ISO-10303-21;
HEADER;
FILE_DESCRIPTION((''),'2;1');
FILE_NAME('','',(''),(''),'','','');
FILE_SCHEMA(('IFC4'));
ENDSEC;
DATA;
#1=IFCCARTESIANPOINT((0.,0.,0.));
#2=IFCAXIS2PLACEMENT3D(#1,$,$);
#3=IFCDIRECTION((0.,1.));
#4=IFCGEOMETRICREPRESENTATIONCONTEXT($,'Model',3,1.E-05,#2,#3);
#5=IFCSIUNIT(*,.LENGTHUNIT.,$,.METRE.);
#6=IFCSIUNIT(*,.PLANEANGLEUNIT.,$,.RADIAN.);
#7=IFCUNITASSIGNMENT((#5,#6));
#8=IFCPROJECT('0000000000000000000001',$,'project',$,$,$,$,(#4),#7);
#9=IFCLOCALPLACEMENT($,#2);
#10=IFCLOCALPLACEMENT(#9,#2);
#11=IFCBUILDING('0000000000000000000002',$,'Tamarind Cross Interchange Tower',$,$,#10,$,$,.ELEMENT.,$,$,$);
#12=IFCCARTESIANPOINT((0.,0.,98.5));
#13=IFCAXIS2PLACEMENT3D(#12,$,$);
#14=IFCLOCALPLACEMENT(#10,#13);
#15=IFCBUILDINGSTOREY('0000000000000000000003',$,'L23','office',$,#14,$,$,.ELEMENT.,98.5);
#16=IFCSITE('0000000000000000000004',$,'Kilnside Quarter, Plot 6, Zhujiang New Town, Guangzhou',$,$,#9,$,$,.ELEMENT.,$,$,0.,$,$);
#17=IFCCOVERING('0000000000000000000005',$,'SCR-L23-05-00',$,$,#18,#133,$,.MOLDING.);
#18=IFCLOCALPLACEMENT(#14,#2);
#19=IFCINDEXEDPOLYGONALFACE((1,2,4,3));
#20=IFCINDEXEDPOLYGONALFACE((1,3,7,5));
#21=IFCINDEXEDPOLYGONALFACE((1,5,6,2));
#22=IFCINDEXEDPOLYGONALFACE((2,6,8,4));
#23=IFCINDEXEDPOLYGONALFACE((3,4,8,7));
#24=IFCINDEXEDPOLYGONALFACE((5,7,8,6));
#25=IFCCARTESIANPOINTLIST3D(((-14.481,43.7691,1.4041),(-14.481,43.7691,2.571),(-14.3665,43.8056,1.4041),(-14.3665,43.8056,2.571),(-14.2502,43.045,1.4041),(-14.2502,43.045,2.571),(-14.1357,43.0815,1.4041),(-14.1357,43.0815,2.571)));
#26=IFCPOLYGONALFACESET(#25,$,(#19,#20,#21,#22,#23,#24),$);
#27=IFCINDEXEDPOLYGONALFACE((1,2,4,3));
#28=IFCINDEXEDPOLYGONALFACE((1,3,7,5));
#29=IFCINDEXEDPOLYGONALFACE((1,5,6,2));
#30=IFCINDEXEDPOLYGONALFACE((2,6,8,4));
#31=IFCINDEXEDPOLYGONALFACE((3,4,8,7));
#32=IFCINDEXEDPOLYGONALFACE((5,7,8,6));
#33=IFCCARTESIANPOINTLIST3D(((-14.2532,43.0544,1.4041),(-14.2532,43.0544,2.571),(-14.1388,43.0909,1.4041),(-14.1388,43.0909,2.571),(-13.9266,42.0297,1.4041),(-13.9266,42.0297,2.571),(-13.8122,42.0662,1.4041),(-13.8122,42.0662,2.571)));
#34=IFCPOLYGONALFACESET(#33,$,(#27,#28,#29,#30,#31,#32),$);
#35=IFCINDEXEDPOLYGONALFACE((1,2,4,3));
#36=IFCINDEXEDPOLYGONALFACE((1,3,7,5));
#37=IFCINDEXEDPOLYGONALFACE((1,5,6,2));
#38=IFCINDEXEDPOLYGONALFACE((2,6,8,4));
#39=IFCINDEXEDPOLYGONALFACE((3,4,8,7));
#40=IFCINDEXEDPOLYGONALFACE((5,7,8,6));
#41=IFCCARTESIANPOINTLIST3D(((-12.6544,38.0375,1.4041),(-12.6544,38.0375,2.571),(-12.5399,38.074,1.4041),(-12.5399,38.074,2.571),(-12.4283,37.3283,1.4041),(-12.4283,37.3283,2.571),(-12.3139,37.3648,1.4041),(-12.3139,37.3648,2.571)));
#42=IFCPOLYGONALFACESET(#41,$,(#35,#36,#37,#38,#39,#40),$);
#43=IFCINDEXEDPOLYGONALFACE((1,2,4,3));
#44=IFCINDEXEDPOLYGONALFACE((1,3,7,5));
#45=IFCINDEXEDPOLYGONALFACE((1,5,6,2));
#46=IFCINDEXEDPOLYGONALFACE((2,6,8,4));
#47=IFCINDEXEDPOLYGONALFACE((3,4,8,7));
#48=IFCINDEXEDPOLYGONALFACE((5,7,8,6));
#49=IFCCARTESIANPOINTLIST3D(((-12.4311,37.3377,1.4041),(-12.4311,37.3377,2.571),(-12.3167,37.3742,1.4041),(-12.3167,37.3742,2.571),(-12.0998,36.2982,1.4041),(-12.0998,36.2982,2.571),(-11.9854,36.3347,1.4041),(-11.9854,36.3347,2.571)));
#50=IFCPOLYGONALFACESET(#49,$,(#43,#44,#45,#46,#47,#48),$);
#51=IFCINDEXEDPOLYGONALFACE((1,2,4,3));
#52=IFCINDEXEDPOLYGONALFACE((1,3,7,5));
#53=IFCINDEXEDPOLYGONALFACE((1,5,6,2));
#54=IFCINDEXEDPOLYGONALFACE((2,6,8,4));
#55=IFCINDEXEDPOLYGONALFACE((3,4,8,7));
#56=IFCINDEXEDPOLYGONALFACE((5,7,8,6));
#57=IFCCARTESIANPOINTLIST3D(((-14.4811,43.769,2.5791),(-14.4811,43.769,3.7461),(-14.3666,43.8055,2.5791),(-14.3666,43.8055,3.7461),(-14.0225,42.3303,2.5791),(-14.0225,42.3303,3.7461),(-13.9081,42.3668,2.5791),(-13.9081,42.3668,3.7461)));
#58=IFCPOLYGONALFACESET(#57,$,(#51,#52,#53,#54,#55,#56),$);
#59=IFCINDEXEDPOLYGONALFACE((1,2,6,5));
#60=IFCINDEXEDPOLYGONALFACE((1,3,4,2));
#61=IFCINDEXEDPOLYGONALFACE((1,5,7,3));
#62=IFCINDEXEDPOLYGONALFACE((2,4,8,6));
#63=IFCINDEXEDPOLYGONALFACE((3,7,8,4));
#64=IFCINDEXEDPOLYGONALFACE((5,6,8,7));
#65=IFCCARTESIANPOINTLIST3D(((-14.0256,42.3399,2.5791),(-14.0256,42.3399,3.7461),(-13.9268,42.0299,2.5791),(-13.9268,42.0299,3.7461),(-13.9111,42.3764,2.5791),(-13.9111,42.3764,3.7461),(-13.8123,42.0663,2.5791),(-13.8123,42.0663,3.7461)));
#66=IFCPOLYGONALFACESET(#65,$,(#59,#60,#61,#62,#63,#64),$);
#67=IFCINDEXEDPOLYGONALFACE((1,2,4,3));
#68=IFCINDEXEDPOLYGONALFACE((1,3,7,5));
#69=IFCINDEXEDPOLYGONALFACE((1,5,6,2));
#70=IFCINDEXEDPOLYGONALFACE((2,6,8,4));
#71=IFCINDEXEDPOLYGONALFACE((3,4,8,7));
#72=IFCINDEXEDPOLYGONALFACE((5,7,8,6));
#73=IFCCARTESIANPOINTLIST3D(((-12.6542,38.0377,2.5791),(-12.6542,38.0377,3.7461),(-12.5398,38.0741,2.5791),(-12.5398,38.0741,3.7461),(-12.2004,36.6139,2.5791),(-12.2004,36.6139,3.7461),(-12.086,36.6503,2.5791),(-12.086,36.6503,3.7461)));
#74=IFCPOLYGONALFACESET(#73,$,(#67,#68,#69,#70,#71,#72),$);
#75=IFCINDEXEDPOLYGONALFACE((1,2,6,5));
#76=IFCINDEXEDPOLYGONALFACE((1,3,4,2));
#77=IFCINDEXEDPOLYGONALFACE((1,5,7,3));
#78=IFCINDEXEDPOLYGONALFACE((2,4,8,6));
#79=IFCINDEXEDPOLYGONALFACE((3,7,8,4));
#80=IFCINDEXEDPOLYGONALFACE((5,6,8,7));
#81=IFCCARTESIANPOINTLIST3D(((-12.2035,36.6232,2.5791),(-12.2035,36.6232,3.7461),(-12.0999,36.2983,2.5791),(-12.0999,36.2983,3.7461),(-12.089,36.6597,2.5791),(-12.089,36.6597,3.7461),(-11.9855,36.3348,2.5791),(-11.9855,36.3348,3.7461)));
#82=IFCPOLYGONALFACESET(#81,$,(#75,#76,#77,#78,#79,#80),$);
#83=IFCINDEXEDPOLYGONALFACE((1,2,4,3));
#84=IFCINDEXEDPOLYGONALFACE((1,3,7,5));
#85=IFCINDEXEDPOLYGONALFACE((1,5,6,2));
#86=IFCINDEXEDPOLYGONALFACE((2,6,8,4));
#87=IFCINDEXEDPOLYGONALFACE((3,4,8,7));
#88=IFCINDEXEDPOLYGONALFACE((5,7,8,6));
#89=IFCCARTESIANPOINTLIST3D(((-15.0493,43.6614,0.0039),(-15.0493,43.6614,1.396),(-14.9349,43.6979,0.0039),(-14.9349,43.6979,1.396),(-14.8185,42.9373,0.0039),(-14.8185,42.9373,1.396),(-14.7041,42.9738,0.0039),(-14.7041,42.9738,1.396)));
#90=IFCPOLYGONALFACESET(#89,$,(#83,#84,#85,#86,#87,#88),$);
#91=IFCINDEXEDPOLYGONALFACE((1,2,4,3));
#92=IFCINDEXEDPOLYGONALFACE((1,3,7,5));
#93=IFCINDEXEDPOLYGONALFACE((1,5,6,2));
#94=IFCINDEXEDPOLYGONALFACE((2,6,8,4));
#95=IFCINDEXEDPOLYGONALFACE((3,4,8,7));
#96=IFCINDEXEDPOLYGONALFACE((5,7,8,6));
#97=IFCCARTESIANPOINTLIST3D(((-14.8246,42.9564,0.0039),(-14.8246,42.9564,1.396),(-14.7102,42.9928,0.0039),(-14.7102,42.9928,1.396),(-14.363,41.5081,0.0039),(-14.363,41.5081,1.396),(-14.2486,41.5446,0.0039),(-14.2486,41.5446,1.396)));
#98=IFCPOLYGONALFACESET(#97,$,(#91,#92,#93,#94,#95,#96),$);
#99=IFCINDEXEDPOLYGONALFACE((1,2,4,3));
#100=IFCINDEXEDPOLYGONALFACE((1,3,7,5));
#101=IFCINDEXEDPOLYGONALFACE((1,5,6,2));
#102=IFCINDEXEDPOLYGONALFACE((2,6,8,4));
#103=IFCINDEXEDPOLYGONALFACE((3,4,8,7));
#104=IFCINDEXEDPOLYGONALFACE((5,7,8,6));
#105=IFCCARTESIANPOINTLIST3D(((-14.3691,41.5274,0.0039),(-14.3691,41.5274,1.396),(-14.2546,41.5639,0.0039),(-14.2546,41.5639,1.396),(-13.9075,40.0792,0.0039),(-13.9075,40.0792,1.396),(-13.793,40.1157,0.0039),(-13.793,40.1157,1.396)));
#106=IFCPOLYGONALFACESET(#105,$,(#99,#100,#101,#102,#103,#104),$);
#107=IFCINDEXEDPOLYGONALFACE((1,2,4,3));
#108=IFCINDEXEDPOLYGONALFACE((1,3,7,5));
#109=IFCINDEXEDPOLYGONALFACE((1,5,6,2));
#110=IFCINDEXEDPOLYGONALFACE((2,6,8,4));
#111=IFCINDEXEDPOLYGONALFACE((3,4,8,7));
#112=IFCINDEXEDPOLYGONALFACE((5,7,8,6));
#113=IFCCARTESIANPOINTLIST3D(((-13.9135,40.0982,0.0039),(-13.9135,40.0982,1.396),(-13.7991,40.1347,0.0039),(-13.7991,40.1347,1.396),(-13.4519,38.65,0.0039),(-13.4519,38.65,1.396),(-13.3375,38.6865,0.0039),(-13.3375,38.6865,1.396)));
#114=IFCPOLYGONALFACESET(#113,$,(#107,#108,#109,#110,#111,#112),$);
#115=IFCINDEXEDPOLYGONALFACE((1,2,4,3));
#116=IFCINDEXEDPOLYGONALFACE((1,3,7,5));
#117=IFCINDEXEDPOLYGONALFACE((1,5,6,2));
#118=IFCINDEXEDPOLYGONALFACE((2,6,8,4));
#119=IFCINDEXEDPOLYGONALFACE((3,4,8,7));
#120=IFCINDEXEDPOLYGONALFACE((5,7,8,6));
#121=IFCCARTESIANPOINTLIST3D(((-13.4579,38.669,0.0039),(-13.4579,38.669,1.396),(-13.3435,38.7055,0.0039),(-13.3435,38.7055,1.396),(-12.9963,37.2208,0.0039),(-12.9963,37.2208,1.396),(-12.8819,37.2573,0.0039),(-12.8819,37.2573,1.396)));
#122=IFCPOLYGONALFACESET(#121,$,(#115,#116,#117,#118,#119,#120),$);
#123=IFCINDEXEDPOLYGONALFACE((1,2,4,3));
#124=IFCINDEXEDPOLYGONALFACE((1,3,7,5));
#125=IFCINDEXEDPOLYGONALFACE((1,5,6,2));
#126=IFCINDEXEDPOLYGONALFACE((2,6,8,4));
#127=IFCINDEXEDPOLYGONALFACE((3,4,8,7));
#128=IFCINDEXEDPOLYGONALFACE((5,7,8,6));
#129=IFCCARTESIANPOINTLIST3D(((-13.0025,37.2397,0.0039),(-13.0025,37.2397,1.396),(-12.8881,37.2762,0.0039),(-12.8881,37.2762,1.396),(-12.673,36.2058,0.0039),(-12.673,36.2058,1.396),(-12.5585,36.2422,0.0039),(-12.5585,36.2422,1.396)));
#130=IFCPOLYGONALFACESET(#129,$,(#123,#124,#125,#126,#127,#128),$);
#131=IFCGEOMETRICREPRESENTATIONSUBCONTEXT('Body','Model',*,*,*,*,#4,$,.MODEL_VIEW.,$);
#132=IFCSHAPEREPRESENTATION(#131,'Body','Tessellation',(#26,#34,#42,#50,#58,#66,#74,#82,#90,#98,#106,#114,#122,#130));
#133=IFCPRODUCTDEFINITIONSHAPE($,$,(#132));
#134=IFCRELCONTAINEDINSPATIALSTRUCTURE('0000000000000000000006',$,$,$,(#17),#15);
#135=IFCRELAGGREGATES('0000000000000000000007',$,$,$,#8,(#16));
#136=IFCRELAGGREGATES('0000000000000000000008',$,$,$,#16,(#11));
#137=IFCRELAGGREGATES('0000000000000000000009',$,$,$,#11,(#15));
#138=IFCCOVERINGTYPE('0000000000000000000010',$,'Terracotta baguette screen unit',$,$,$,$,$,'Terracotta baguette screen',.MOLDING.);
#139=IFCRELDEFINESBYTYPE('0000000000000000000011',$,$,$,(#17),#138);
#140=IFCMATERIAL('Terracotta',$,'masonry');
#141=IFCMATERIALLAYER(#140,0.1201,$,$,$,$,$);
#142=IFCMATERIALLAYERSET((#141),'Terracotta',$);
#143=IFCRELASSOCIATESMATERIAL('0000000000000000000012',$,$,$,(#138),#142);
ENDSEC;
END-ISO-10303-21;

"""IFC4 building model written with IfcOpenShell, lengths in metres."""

from ifc_helpers import new_model, si_unit, direction, frame, origin, origin_2d, place, context, subcontext, project, spatial, rectangle, extrude, material, layer, layer_set, type_object, element, save


model = new_model("IFC4")

# Units and contexts
model_context = context("Model", 3, precision=1e-05, world=origin(), true_north=direction((0.0, 1.0)))
body_context = subcontext(model_context, "Body", "Model", "MODEL_VIEW")
ifc_project = project(units=[si_unit("LENGTHUNIT", "METRE"), si_unit("PLANEANGLEUNIT", "RADIAN")], contexts=[model_context])

# Site, building, storey
site_placement = place(None, origin())
site = spatial("IfcSite", under=ifc_project, at=site_placement, Name="Kilnside Quarter, Plot 6, Zhujiang New Town, Guangzhou", CompositionType="ELEMENT", RefElevation=0.0)
building_placement = place(site_placement, origin())
building = spatial("IfcBuilding", under=site, at=building_placement, Name="Tamarind Cross Interchange Tower", CompositionType="ELEMENT")
storey_placement = place(building_placement, frame((0.0, 0.0, 98.5)))
storey = spatial("IfcBuildingStorey", under=building, at=storey_placement, Name="L23", Description="office", CompositionType="ELEMENT", Elevation=98.5)

# Covering
ifc_material_1 = material(Name="Terracotta", Category="masonry")
ifc_layer_1 = layer(ifc_material_1, 0.1201)
ifc_layer_set_1 = layer_set([ifc_layer_1], Name="Terracotta")
covering_type = type_object("IfcCoveringType", Name="Terracotta baguette screen unit", ElementType="Terracotta baguette screen", PredefinedType="MOLDING", material=ifc_layer_set_1)
covering_1_placement = place(storey_placement, origin())
element("IfcCovering", 1, at=covering_1_placement, inside=storey, type_object=covering_type, Name="SCR-L23-05-00", PredefinedType="MOLDING", context=body_context, shape_type="SweptSolid", body=[
    extrude(rectangle(XDim=0.76, YDim=0.1201, at=origin_2d()), frame((-14.3083, 43.4253, 1.4041), z_axis=(0.0, 0.0, 1.0), x_axis=(0.303683, -0.952773, 0.0)), (0.0, 0.0, 1.0), 1.167),
    extrude(rectangle(XDim=1.0754, YDim=0.1201, at=origin_2d()), frame((-14.0327, 42.5603, 1.4041), z_axis=(0.0, 0.0, 1.0), x_axis=(0.303683, -0.952773, 0.0)), (0.0, 0.0, 1.0), 1.167),
    extrude(rectangle(XDim=0.7444, YDim=0.1201, at=origin_2d()), frame((-12.4841, 37.7012, 1.4041), z_axis=(0.0, 0.0, 1.0), x_axis=(0.303683, -0.952773, 0.0)), (0.0, 0.0, 1.0), 1.167),
    extrude(rectangle(XDim=1.0911, YDim=0.1201, at=origin_2d()), frame((-12.2083, 36.8362, 1.4041), z_axis=(0.0, 0.0, 1.0), x_axis=(0.303683, -0.952773, 0.0)), (0.0, 0.0, 1.0), 1.167),
    extrude(rectangle(XDim=1.51, YDim=0.1201, at=origin_2d()), frame((-14.1946, 43.0679, 2.5791), z_axis=(0.0, 0.0, 1.0), x_axis=(0.303683, -0.952773, 0.0)), (0.0, 0.0, 1.0), 1.167),
    extrude(rectangle(XDim=0.3254, YDim=0.1201, at=origin_2d()), frame((-13.9189, 42.2031, 2.5791), z_axis=(0.0, 0.0, 1.0), x_axis=(0.303683, -0.952773, 0.0)), (0.0, 0.0, 1.0), 1.167),
    extrude(rectangle(XDim=1.4944, YDim=0.1201, at=origin_2d()), frame((-12.3701, 37.344, 2.5791), z_axis=(0.0, 0.0, 1.0), x_axis=(0.303683, -0.952773, 0.0)), (0.0, 0.0, 1.0), 1.167),
    extrude(rectangle(XDim=0.3411, YDim=0.1201, at=origin_2d()), frame((-12.0945, 36.479, 2.5791), z_axis=(0.0, 0.0, 1.0), x_axis=(0.303683, -0.952773, 0.0)), (0.0, 0.0, 1.0), 1.167),
    extrude(rectangle(XDim=0.76, YDim=0.1201, at=origin_2d()), frame((-14.8767, 43.3176, 0.0039), z_axis=(0.0, 0.0, 1.0), x_axis=(0.303683, -0.952773, 0.0)), (0.0, 0.0, 1.0), 1.3921),
    extrude(rectangle(XDim=1.52, YDim=0.1201, at=origin_2d()), frame((-14.5366, 42.2505, 0.0039), z_axis=(0.0, 0.0, 1.0), x_axis=(0.303683, -0.952773, 0.0)), (0.0, 0.0, 1.0), 1.3921),
    extrude(rectangle(XDim=1.52, YDim=0.1201, at=origin_2d()), frame((-14.0811, 40.8215, 0.0039), z_axis=(0.0, 0.0, 1.0), x_axis=(0.303683, -0.952773, 0.0)), (0.0, 0.0, 1.0), 1.3921),
    extrude(rectangle(XDim=1.52, YDim=0.1201, at=origin_2d()), frame((-13.6255, 39.3923, 0.0039), z_axis=(0.0, 0.0, 1.0), x_axis=(0.303683, -0.952773, 0.0)), (0.0, 0.0, 1.0), 1.3921),
    extrude(rectangle(XDim=1.52, YDim=0.1201, at=origin_2d()), frame((-13.1699, 37.9631, 0.0039), z_axis=(0.0, 0.0, 1.0), x_axis=(0.303683, -0.952773, 0.0)), (0.0, 0.0, 1.0), 1.3921),
    extrude(rectangle(XDim=1.0852, YDim=0.1201, at=origin_2d()), frame((-12.7805, 36.741, 0.0039), z_axis=(0.0, 0.0, 1.0), x_axis=(0.303683, -0.952773, 0.0)), (0.0, 0.0, 1.0), 1.3921),
])

save(model, "model.ifc")
